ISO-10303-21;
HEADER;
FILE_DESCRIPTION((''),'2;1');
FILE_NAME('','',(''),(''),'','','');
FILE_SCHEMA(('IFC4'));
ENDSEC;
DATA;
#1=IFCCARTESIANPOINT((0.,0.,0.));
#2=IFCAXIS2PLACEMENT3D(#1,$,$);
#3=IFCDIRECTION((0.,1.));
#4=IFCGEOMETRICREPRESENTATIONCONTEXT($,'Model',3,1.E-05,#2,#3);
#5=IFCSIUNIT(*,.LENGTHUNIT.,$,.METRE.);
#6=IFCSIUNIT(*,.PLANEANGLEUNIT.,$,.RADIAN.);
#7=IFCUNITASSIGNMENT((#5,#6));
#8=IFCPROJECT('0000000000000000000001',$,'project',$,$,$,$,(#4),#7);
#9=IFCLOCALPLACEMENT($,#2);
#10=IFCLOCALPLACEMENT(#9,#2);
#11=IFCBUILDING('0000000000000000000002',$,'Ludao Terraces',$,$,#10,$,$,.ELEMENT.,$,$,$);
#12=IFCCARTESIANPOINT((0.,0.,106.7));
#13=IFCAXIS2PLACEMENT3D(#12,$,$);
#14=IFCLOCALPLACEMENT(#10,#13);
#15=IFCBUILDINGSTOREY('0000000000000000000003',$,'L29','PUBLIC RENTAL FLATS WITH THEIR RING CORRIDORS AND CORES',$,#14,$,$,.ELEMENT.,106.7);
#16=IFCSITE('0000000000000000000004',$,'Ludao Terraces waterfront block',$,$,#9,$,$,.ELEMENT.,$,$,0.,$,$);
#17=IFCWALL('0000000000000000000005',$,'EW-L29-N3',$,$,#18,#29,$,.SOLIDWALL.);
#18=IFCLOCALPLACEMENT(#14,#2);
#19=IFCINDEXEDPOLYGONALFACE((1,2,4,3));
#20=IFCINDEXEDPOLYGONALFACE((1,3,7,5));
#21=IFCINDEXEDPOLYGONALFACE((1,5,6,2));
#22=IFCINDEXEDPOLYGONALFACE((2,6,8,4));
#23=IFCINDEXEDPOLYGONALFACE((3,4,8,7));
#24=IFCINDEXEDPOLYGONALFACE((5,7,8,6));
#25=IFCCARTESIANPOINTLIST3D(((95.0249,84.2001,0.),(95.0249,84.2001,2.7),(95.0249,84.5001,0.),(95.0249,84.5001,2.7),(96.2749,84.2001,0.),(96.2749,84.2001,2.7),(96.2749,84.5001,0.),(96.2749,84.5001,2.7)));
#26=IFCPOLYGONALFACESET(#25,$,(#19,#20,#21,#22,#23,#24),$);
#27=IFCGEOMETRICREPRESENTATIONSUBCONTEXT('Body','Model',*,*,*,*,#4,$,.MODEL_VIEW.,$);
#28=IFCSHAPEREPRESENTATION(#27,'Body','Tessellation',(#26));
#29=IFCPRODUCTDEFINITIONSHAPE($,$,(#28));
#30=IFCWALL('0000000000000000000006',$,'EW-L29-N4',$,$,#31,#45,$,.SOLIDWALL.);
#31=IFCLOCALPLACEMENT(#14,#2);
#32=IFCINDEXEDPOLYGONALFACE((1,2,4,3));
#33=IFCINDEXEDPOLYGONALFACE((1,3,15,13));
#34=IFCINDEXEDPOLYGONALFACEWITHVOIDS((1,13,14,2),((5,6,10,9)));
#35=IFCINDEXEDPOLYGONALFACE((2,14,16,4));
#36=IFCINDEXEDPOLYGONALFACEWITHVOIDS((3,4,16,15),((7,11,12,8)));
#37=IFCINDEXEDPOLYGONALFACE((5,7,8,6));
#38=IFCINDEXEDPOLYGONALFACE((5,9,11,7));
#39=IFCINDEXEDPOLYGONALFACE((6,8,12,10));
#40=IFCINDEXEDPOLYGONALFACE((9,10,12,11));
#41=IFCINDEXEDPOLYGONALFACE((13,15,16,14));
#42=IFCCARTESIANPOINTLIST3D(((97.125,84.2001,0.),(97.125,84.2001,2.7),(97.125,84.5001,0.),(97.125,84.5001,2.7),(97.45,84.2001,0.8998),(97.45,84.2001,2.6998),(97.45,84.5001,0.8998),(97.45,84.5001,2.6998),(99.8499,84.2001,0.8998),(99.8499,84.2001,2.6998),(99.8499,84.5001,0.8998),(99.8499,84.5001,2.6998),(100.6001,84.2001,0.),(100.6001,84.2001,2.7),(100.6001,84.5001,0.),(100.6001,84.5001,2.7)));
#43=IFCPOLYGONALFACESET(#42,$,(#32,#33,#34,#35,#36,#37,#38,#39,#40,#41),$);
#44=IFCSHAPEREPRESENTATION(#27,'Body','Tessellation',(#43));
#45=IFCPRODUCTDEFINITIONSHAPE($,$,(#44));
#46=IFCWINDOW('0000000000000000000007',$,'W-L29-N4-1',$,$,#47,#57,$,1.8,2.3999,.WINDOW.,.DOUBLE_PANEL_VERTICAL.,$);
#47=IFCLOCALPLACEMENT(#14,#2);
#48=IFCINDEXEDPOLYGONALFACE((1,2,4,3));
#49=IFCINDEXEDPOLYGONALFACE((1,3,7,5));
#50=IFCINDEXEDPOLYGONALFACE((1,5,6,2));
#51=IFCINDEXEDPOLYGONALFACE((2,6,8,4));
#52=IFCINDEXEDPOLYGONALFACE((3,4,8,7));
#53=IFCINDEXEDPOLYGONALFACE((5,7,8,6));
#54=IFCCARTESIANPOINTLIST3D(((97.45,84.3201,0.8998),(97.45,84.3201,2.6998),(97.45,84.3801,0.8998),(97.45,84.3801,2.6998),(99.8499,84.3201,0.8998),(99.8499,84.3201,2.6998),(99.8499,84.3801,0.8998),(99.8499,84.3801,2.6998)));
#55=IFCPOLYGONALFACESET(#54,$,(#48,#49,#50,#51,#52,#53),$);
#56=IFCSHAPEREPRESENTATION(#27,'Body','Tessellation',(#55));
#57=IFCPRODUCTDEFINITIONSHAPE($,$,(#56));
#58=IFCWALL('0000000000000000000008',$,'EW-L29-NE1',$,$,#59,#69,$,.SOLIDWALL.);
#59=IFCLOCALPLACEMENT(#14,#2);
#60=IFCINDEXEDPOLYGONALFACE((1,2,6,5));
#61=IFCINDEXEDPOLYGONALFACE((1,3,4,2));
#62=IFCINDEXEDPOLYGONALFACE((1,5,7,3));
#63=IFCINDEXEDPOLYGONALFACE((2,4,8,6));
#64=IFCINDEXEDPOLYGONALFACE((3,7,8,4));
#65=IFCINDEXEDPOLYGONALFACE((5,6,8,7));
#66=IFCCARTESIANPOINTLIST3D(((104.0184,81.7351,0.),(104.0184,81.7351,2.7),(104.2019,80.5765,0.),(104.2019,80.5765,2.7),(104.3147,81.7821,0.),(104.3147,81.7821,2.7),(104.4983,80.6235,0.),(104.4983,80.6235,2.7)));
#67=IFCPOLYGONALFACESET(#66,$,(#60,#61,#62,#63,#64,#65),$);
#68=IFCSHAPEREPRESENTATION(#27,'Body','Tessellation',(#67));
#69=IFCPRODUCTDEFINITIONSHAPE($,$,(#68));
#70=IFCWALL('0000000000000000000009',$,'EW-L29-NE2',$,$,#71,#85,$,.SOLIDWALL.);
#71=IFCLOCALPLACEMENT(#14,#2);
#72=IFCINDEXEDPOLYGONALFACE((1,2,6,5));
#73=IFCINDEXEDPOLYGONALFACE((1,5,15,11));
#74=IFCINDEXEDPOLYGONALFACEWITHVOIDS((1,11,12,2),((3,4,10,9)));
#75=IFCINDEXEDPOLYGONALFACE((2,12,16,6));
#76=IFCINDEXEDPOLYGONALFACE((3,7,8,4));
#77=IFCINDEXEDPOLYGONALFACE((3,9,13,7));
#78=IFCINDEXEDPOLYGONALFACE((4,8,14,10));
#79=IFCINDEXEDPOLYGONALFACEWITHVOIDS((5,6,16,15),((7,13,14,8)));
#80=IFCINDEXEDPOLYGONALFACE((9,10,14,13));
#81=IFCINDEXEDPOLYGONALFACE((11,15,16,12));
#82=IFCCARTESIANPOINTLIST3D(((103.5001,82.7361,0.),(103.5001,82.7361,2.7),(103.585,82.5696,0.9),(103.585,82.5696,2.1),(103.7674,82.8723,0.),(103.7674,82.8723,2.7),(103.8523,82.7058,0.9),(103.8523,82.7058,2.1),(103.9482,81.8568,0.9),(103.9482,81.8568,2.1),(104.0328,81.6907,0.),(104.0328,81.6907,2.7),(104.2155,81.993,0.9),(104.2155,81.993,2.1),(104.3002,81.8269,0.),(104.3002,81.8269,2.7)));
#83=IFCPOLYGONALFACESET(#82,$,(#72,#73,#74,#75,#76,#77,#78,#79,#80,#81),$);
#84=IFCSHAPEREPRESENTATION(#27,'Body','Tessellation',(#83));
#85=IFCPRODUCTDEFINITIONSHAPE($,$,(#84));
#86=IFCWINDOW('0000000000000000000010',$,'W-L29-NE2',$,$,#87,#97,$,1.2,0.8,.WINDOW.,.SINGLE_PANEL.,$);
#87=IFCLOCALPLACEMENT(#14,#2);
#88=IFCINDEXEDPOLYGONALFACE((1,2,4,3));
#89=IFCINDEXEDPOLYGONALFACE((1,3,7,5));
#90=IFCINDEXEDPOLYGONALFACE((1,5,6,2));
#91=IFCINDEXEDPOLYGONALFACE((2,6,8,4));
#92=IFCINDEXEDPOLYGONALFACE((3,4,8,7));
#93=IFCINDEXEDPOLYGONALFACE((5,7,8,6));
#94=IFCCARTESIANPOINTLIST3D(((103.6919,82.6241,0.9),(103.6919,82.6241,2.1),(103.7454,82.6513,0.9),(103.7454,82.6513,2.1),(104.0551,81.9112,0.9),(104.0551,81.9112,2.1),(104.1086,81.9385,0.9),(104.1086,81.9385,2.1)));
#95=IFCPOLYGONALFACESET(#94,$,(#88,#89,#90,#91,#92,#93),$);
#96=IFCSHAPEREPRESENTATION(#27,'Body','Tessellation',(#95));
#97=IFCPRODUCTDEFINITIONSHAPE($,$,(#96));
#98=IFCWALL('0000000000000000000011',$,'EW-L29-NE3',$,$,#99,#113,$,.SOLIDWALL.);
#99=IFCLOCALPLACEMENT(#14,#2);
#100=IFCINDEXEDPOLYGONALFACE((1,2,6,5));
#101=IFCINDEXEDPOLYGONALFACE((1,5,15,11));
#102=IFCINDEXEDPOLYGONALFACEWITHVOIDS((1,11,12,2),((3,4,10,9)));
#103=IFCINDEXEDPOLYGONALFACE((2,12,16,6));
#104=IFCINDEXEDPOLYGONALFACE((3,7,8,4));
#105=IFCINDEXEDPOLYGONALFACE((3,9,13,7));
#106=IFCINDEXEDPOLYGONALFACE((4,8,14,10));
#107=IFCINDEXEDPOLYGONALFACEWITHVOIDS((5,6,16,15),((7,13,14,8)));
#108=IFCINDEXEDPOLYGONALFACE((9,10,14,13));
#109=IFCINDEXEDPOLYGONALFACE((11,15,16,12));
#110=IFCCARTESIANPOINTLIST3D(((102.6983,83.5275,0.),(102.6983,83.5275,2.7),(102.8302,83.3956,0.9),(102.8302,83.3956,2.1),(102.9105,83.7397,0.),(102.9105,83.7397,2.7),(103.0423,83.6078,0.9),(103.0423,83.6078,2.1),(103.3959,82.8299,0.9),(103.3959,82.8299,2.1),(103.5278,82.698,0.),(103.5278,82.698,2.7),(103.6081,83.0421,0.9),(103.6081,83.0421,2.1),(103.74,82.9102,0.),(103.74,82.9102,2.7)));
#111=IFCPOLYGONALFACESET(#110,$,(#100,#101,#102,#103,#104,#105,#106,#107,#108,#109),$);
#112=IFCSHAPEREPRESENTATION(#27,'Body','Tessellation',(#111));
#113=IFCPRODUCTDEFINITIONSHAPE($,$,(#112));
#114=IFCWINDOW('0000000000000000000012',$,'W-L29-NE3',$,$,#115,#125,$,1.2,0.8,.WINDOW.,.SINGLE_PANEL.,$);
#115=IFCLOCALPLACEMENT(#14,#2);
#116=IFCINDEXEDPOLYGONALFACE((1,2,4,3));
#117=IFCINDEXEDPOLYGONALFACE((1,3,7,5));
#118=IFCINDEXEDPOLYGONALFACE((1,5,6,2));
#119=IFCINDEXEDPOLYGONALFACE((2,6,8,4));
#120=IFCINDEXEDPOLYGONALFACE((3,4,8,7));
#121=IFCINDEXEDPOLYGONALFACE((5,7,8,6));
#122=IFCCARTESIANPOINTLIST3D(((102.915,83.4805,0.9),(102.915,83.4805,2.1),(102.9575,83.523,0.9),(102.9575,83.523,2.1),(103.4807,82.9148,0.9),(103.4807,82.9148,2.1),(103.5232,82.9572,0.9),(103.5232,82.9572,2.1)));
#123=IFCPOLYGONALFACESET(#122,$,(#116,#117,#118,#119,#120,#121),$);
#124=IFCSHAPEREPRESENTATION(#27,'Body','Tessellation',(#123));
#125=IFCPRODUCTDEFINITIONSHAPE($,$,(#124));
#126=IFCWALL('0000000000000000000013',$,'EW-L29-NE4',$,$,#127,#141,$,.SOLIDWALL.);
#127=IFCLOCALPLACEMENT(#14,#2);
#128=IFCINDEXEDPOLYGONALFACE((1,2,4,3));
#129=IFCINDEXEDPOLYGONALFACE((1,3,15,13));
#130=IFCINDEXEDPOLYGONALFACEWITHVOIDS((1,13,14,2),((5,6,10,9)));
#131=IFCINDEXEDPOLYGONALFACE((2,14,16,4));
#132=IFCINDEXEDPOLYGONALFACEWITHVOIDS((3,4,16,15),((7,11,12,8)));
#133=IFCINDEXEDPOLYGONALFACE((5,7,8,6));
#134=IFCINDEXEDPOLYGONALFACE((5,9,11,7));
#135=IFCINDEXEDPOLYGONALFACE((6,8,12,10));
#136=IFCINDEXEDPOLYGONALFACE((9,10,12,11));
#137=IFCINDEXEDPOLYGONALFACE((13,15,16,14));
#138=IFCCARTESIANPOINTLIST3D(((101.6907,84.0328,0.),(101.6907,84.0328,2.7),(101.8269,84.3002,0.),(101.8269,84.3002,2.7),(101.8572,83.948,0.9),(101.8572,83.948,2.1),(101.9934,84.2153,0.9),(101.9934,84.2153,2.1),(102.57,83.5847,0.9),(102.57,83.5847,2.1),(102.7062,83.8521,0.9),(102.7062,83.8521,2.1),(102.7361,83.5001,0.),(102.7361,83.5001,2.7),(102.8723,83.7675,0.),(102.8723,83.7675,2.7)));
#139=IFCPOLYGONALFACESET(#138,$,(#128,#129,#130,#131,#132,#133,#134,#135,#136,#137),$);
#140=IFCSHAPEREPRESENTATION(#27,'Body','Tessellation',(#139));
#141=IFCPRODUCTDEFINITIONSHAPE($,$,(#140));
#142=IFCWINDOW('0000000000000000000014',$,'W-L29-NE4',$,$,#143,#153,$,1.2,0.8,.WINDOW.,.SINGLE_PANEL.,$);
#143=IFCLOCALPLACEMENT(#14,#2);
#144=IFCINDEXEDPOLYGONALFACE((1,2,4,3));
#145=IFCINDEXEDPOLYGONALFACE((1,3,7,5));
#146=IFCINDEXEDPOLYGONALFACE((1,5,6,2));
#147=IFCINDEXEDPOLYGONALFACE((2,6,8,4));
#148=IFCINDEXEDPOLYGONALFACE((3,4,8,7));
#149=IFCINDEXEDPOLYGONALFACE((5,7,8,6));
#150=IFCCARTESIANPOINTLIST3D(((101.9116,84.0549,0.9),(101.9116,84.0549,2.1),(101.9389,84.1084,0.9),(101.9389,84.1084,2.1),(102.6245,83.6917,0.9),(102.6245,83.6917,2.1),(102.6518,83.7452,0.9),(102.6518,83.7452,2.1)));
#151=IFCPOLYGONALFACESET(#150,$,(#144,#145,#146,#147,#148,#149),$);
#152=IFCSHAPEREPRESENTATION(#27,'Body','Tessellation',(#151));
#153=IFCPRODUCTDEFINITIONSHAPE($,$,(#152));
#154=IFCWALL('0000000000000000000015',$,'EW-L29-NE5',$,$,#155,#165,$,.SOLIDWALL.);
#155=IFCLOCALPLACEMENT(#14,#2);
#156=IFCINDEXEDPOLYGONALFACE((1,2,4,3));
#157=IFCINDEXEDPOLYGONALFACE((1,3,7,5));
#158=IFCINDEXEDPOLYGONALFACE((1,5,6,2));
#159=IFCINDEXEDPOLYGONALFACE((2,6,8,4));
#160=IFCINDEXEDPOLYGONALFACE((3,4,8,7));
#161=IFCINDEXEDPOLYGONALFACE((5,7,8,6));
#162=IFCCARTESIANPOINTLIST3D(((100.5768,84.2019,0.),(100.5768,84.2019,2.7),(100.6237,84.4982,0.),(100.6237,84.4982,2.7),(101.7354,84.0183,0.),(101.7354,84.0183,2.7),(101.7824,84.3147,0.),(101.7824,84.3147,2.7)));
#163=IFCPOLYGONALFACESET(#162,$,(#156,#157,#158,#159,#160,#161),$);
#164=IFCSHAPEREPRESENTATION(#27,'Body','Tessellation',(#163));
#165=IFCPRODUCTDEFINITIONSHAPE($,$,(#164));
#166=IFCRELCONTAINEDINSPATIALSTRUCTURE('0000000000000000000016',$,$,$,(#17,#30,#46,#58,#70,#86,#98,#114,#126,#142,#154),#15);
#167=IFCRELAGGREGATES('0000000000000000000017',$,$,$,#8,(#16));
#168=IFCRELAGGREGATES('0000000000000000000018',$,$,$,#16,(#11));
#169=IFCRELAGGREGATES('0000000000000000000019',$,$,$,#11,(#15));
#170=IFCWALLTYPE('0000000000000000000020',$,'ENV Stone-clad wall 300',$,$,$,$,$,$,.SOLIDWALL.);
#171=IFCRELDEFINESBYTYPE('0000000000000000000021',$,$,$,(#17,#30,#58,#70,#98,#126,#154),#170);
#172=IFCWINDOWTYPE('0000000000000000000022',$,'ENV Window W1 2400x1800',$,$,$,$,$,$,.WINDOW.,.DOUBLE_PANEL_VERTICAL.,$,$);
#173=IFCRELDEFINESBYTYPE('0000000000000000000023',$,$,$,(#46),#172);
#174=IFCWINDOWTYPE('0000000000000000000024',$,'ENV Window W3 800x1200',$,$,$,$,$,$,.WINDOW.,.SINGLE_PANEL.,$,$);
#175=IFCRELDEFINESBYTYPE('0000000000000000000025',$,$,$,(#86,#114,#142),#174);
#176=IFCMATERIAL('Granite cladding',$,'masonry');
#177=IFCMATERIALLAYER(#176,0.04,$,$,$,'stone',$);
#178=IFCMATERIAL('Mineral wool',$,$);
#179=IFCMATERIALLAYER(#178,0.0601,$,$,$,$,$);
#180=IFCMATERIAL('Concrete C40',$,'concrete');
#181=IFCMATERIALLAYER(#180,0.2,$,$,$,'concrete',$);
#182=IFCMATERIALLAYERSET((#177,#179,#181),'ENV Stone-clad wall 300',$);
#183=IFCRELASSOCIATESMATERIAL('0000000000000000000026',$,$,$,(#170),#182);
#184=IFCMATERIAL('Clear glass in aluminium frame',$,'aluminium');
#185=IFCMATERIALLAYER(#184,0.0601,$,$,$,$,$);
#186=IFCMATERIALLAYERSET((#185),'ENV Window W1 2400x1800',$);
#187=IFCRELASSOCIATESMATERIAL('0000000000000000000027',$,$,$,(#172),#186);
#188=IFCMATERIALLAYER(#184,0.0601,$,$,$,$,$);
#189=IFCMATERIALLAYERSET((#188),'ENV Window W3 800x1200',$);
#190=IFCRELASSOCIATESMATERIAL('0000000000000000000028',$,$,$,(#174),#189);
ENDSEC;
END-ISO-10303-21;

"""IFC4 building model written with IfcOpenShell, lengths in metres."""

from ifc_helpers import new_model, si_unit, direction, frame, frame_2d, origin, place, context, subcontext, project, spatial, rectangle, extrude, material, layer, layer_set, type_object, element, fill, save


model = new_model("IFC4")

# Units and contexts
model_context = context("Model", 3, precision=1e-05, world=origin(), true_north=direction((0.0, 1.0)))
body_context = subcontext(model_context, "Body", "Model", "MODEL_VIEW")
ifc_project = project(units=[si_unit("LENGTHUNIT", "METRE"), si_unit("PLANEANGLEUNIT", "RADIAN")], contexts=[model_context])

# Site, building, storey
site_placement = place(None, origin())
site = spatial("IfcSite", under=ifc_project, at=site_placement, Name="Ludao Terraces waterfront block", CompositionType="ELEMENT", RefElevation=0.0)
building_placement = place(site_placement, origin())
building = spatial("IfcBuilding", under=site, at=building_placement, Name="Ludao Terraces", CompositionType="ELEMENT")
storey_placement = place(building_placement, frame((0.0, 0.0, 106.7)))
storey = spatial("IfcBuildingStorey", under=building, at=storey_placement, Name="L29", Description="PUBLIC RENTAL FLATS WITH THEIR RING CORRIDORS AND CORES", CompositionType="ELEMENT", Elevation=106.7)

# Shared definitions
ifc_material_1 = material(Name="Concrete C40", Category="concrete")

# Shared definitions
ifc_material_2 = material(Name="Granite cladding", Category="masonry")
ifc_layer_1 = layer(ifc_material_2, 0.04, Category="stone")
ifc_material_3 = material(Name="Mineral wool")
ifc_layer_2 = layer(ifc_material_3, 0.0601)
ifc_layer_3 = layer(ifc_material_1, 0.2, Category="concrete")
ifc_layer_set_1 = layer_set([ifc_layer_1, ifc_layer_2, ifc_layer_3], Name="ENV Stone-clad wall 300")
wall_type_1 = type_object("IfcWallType", Name="ENV Stone-clad wall 300", PredefinedType="SOLIDWALL", material=ifc_layer_set_1)
ifc_material_4 = material(Name="Clear glass in aluminium frame", Category="aluminium")
ifc_layer_4 = layer(ifc_material_4, 0.0601)
ifc_layer_set_2 = layer_set([ifc_layer_4], Name="ENV Window W1 2400x1800")
window_type_1 = type_object("IfcWindowType", Name="ENV Window W1 2400x1800", PartitioningType="DOUBLE_PANEL_VERTICAL", PredefinedType="WINDOW", material=ifc_layer_set_2)

# Wall
wall_1_placement = place(storey_placement, frame((95.0249, 84.3501, 0.0), z_axis=(0.0, 0.0, 1.0), x_axis=(1.0, 0.0, 0.0)))
element("IfcWall", 1, at=wall_1_placement, inside=storey, type_object=wall_type_1, Name="EW-L29-N3", PredefinedType="SOLIDWALL", context=body_context, shape_type="SweptSolid", body=[
    extrude(rectangle(XDim=1.25, YDim=0.3, at=frame_2d((0.625, 0.0))), origin(), (0.0, 0.0, 1.0), 2.7),
])

# Wall, opening, window
wall_2_placement = place(storey_placement, frame((97.125, 84.3501, 0.0), z_axis=(0.0, 0.0, 1.0), x_axis=(1.0, 0.0, 0.0)))
wall_2 = element("IfcWall", 2, at=wall_2_placement, inside=storey, type_object=wall_type_1, Name="EW-L29-N4", PredefinedType="SOLIDWALL", context=body_context, shape_type="SweptSolid", body=[
    extrude(rectangle(XDim=3.4751, YDim=0.3, at=frame_2d((1.7375, 0.0))), origin(), (0.0, 0.0, 1.0), 2.7),
])
opening_1_placement = place(wall_2_placement, frame((0.325, 0.0, 0.8999)))
opening_1 = element("IfcOpeningElement", 3, at=opening_1_placement, cuts=wall_2, PredefinedType="OPENING", context=body_context, shape_type="SweptSolid", body=[
    extrude(rectangle(XDim=2.3999, YDim=1.8, at=frame_2d((1.2, 0.8999))), frame((0.0, 0.1602, 0.0), z_axis=(0.0, -1.0, 0.0), x_axis=(1.0, 0.0, 0.0)), (0.0, 0.0, 1.0), 0.3201),
])
window_1_placement = place(opening_1_placement, origin())
window_1 = element("IfcWindow", 4, at=window_1_placement, inside=storey, type_object=window_type_1, Name="W-L29-N4-1", OverallHeight=1.8, OverallWidth=2.3999, PartitioningType="DOUBLE_PANEL_VERTICAL", PredefinedType="WINDOW", context=body_context, shape_type="SweptSolid", body=[
    extrude(rectangle(XDim=2.3999, YDim=1.8, at=frame_2d((1.2, 0.8999))), frame((0.0, 0.03, 0.0), z_axis=(0.0, -1.0, 0.0), x_axis=(1.0, 0.0, 0.0)), (0.0, 0.0, 1.0), 0.0601),
])
fill(opening_1, window_1)

# Wall
wall_3_placement = place(storey_placement, frame((104.3501, 80.6001, 0.0), z_axis=(0.0, 0.0, 1.0), x_axis=(-0.156497, 0.987678, 0.0)))
element("IfcWall", 5, at=wall_3_placement, inside=storey, type_object=wall_type_1, Name="EW-L29-NE1", PredefinedType="SOLIDWALL", context=body_context, shape_type="SweptSolid", body=[
    extrude(rectangle(XDim=1.1731, YDim=0.3, at=frame_2d((0.5864, 0.0))), origin(), (0.0, 0.0, 1.0), 2.7),
])

# Walls, openings, windows
wall_4_placement = place(storey_placement, frame((104.1665, 81.7588, 0.0), z_axis=(0.0, 0.0, 1.0), x_axis=(-0.454026, 0.890989, 0.0)))
wall_4 = element("IfcWall", 6, at=wall_4_placement, inside=storey, type_object=wall_type_1, Name="EW-L29-NE2", PredefinedType="SOLIDWALL", context=body_context, shape_type="SweptSolid", body=[
    extrude(rectangle(XDim=1.1733, YDim=0.3, at=frame_2d((0.5867, 0.0))), origin(), (0.0, 0.0, 1.0), 2.7),
])
opening_2_placement = place(wall_4_placement, frame((0.1865, 0.0, 0.8999)))
opening_2 = element("IfcOpeningElement", 7, at=opening_2_placement, cuts=wall_4, PredefinedType="OPENING", context=body_context, shape_type="SweptSolid", body=[
    extrude(rectangle(XDim=0.8, YDim=1.2, at=frame_2d((0.3999, 0.6001))), frame((0.0, 0.1602, 0.0), z_axis=(0.0, -1.0, 0.0), x_axis=(1.0, 0.0, 0.0)), (0.0, 0.0, 1.0), 0.3201),
])
ifc_layer_5 = layer(ifc_material_4, 0.0601)
ifc_layer_set_3 = layer_set([ifc_layer_5], Name="ENV Window W3 800x1200")
window_type_2 = type_object("IfcWindowType", Name="ENV Window W3 800x1200", PartitioningType="SINGLE_PANEL", PredefinedType="WINDOW", material=ifc_layer_set_3)
window_2_placement = place(opening_2_placement, origin())
window_2 = element("IfcWindow", 8, at=window_2_placement, inside=storey, type_object=window_type_2, Name="W-L29-NE2", OverallHeight=1.2, OverallWidth=0.8, PartitioningType="SINGLE_PANEL", PredefinedType="WINDOW", context=body_context, shape_type="SweptSolid", body=[
    extrude(rectangle(XDim=0.8, YDim=1.2, at=frame_2d((0.3999, 0.6001))), frame((0.0, 0.03, 0.0), z_axis=(0.0, -1.0, 0.0), x_axis=(1.0, 0.0, 0.0)), (0.0, 0.0, 1.0), 0.0601),
])
fill(opening_2, window_2)
wall_5_placement = place(storey_placement, frame((103.6338, 82.8042, 0.0), z_axis=(0.0, 0.0, 1.0), x_axis=(-0.707107, 0.707107, 0.0)))
wall_5 = element("IfcWall", 9, at=wall_5_placement, inside=storey, type_object=wall_type_1, Name="EW-L29-NE3", PredefinedType="SOLIDWALL", context=body_context, shape_type="SweptSolid", body=[
    extrude(rectangle(XDim=1.1731, YDim=0.3, at=frame_2d((0.5864, 0.0))), origin(), (0.0, 0.0, 1.0), 2.7),
])
opening_3_placement = place(wall_5_placement, frame((0.1865, 0.0, 0.8999)))
opening_3 = element("IfcOpeningElement", 10, at=opening_3_placement, cuts=wall_5, PredefinedType="OPENING", context=body_context, shape_type="SweptSolid", body=[
    extrude(rectangle(XDim=0.8, YDim=1.2, at=frame_2d((0.3999, 0.6001))), frame((0.0, 0.1602, 0.0), z_axis=(0.0, -1.0, 0.0), x_axis=(1.0, 0.0, 0.0)), (0.0, 0.0, 1.0), 0.3201),
])
window_3_placement = place(opening_3_placement, origin())
window_3 = element("IfcWindow", 11, at=window_3_placement, inside=storey, type_object=window_type_2, Name="W-L29-NE3", OverallHeight=1.2, OverallWidth=0.8, PartitioningType="SINGLE_PANEL", PredefinedType="WINDOW", context=body_context, shape_type="SweptSolid", body=[
    extrude(rectangle(XDim=0.8, YDim=1.2, at=frame_2d((0.3999, 0.6001))), frame((0.0, 0.03, 0.0), z_axis=(0.0, -1.0, 0.0), x_axis=(1.0, 0.0, 0.0)), (0.0, 0.0, 1.0), 0.0601),
])
fill(opening_3, window_3)
wall_6_placement = place(storey_placement, frame((102.8042, 83.6338, 0.0), z_axis=(0.0, 0.0, 1.0), x_axis=(-0.890989, 0.454026, 0.0)))
wall_6 = element("IfcWall", 12, at=wall_6_placement, inside=storey, type_object=wall_type_1, Name="EW-L29-NE4", PredefinedType="SOLIDWALL", context=body_context, shape_type="SweptSolid", body=[
    extrude(rectangle(XDim=1.1733, YDim=0.3, at=frame_2d((0.5867, 0.0))), origin(), (0.0, 0.0, 1.0), 2.7),
])
opening_4_placement = place(wall_6_placement, frame((0.1865, 0.0, 0.8999)))
opening_4 = element("IfcOpeningElement", 13, at=opening_4_placement, cuts=wall_6, PredefinedType="OPENING", context=body_context, shape_type="SweptSolid", body=[
    extrude(rectangle(XDim=0.8, YDim=1.2, at=frame_2d((0.3999, 0.6001))), frame((0.0, 0.1602, 0.0), z_axis=(0.0, -1.0, 0.0), x_axis=(1.0, 0.0, 0.0)), (0.0, 0.0, 1.0), 0.3201),
])
window_4_placement = place(opening_4_placement, origin())
window_4 = element("IfcWindow", 14, at=window_4_placement, inside=storey, type_object=window_type_2, Name="W-L29-NE4", OverallHeight=1.2, OverallWidth=0.8, PartitioningType="SINGLE_PANEL", PredefinedType="WINDOW", context=body_context, shape_type="SweptSolid", body=[
    extrude(rectangle(XDim=0.8, YDim=1.2, at=frame_2d((0.3999, 0.6001))), frame((0.0, 0.03, 0.0), z_axis=(0.0, -1.0, 0.0), x_axis=(1.0, 0.0, 0.0)), (0.0, 0.0, 1.0), 0.0601),
])
fill(opening_4, window_4)

# Wall
wall_7_placement = place(storey_placement, frame((101.7588, 84.1665, 0.0), z_axis=(0.0, 0.0, 1.0), x_axis=(-0.987678, 0.156497, 0.0)))
element("IfcWall", 15, at=wall_7_placement, inside=storey, type_object=wall_type_1, Name="EW-L29-NE5", PredefinedType="SOLIDWALL", context=body_context, shape_type="SweptSolid", body=[
    extrude(rectangle(XDim=1.1731, YDim=0.3, at=frame_2d((0.5864, 0.0))), origin(), (0.0, 0.0, 1.0), 2.7),
])

save(model, "model.ifc")
